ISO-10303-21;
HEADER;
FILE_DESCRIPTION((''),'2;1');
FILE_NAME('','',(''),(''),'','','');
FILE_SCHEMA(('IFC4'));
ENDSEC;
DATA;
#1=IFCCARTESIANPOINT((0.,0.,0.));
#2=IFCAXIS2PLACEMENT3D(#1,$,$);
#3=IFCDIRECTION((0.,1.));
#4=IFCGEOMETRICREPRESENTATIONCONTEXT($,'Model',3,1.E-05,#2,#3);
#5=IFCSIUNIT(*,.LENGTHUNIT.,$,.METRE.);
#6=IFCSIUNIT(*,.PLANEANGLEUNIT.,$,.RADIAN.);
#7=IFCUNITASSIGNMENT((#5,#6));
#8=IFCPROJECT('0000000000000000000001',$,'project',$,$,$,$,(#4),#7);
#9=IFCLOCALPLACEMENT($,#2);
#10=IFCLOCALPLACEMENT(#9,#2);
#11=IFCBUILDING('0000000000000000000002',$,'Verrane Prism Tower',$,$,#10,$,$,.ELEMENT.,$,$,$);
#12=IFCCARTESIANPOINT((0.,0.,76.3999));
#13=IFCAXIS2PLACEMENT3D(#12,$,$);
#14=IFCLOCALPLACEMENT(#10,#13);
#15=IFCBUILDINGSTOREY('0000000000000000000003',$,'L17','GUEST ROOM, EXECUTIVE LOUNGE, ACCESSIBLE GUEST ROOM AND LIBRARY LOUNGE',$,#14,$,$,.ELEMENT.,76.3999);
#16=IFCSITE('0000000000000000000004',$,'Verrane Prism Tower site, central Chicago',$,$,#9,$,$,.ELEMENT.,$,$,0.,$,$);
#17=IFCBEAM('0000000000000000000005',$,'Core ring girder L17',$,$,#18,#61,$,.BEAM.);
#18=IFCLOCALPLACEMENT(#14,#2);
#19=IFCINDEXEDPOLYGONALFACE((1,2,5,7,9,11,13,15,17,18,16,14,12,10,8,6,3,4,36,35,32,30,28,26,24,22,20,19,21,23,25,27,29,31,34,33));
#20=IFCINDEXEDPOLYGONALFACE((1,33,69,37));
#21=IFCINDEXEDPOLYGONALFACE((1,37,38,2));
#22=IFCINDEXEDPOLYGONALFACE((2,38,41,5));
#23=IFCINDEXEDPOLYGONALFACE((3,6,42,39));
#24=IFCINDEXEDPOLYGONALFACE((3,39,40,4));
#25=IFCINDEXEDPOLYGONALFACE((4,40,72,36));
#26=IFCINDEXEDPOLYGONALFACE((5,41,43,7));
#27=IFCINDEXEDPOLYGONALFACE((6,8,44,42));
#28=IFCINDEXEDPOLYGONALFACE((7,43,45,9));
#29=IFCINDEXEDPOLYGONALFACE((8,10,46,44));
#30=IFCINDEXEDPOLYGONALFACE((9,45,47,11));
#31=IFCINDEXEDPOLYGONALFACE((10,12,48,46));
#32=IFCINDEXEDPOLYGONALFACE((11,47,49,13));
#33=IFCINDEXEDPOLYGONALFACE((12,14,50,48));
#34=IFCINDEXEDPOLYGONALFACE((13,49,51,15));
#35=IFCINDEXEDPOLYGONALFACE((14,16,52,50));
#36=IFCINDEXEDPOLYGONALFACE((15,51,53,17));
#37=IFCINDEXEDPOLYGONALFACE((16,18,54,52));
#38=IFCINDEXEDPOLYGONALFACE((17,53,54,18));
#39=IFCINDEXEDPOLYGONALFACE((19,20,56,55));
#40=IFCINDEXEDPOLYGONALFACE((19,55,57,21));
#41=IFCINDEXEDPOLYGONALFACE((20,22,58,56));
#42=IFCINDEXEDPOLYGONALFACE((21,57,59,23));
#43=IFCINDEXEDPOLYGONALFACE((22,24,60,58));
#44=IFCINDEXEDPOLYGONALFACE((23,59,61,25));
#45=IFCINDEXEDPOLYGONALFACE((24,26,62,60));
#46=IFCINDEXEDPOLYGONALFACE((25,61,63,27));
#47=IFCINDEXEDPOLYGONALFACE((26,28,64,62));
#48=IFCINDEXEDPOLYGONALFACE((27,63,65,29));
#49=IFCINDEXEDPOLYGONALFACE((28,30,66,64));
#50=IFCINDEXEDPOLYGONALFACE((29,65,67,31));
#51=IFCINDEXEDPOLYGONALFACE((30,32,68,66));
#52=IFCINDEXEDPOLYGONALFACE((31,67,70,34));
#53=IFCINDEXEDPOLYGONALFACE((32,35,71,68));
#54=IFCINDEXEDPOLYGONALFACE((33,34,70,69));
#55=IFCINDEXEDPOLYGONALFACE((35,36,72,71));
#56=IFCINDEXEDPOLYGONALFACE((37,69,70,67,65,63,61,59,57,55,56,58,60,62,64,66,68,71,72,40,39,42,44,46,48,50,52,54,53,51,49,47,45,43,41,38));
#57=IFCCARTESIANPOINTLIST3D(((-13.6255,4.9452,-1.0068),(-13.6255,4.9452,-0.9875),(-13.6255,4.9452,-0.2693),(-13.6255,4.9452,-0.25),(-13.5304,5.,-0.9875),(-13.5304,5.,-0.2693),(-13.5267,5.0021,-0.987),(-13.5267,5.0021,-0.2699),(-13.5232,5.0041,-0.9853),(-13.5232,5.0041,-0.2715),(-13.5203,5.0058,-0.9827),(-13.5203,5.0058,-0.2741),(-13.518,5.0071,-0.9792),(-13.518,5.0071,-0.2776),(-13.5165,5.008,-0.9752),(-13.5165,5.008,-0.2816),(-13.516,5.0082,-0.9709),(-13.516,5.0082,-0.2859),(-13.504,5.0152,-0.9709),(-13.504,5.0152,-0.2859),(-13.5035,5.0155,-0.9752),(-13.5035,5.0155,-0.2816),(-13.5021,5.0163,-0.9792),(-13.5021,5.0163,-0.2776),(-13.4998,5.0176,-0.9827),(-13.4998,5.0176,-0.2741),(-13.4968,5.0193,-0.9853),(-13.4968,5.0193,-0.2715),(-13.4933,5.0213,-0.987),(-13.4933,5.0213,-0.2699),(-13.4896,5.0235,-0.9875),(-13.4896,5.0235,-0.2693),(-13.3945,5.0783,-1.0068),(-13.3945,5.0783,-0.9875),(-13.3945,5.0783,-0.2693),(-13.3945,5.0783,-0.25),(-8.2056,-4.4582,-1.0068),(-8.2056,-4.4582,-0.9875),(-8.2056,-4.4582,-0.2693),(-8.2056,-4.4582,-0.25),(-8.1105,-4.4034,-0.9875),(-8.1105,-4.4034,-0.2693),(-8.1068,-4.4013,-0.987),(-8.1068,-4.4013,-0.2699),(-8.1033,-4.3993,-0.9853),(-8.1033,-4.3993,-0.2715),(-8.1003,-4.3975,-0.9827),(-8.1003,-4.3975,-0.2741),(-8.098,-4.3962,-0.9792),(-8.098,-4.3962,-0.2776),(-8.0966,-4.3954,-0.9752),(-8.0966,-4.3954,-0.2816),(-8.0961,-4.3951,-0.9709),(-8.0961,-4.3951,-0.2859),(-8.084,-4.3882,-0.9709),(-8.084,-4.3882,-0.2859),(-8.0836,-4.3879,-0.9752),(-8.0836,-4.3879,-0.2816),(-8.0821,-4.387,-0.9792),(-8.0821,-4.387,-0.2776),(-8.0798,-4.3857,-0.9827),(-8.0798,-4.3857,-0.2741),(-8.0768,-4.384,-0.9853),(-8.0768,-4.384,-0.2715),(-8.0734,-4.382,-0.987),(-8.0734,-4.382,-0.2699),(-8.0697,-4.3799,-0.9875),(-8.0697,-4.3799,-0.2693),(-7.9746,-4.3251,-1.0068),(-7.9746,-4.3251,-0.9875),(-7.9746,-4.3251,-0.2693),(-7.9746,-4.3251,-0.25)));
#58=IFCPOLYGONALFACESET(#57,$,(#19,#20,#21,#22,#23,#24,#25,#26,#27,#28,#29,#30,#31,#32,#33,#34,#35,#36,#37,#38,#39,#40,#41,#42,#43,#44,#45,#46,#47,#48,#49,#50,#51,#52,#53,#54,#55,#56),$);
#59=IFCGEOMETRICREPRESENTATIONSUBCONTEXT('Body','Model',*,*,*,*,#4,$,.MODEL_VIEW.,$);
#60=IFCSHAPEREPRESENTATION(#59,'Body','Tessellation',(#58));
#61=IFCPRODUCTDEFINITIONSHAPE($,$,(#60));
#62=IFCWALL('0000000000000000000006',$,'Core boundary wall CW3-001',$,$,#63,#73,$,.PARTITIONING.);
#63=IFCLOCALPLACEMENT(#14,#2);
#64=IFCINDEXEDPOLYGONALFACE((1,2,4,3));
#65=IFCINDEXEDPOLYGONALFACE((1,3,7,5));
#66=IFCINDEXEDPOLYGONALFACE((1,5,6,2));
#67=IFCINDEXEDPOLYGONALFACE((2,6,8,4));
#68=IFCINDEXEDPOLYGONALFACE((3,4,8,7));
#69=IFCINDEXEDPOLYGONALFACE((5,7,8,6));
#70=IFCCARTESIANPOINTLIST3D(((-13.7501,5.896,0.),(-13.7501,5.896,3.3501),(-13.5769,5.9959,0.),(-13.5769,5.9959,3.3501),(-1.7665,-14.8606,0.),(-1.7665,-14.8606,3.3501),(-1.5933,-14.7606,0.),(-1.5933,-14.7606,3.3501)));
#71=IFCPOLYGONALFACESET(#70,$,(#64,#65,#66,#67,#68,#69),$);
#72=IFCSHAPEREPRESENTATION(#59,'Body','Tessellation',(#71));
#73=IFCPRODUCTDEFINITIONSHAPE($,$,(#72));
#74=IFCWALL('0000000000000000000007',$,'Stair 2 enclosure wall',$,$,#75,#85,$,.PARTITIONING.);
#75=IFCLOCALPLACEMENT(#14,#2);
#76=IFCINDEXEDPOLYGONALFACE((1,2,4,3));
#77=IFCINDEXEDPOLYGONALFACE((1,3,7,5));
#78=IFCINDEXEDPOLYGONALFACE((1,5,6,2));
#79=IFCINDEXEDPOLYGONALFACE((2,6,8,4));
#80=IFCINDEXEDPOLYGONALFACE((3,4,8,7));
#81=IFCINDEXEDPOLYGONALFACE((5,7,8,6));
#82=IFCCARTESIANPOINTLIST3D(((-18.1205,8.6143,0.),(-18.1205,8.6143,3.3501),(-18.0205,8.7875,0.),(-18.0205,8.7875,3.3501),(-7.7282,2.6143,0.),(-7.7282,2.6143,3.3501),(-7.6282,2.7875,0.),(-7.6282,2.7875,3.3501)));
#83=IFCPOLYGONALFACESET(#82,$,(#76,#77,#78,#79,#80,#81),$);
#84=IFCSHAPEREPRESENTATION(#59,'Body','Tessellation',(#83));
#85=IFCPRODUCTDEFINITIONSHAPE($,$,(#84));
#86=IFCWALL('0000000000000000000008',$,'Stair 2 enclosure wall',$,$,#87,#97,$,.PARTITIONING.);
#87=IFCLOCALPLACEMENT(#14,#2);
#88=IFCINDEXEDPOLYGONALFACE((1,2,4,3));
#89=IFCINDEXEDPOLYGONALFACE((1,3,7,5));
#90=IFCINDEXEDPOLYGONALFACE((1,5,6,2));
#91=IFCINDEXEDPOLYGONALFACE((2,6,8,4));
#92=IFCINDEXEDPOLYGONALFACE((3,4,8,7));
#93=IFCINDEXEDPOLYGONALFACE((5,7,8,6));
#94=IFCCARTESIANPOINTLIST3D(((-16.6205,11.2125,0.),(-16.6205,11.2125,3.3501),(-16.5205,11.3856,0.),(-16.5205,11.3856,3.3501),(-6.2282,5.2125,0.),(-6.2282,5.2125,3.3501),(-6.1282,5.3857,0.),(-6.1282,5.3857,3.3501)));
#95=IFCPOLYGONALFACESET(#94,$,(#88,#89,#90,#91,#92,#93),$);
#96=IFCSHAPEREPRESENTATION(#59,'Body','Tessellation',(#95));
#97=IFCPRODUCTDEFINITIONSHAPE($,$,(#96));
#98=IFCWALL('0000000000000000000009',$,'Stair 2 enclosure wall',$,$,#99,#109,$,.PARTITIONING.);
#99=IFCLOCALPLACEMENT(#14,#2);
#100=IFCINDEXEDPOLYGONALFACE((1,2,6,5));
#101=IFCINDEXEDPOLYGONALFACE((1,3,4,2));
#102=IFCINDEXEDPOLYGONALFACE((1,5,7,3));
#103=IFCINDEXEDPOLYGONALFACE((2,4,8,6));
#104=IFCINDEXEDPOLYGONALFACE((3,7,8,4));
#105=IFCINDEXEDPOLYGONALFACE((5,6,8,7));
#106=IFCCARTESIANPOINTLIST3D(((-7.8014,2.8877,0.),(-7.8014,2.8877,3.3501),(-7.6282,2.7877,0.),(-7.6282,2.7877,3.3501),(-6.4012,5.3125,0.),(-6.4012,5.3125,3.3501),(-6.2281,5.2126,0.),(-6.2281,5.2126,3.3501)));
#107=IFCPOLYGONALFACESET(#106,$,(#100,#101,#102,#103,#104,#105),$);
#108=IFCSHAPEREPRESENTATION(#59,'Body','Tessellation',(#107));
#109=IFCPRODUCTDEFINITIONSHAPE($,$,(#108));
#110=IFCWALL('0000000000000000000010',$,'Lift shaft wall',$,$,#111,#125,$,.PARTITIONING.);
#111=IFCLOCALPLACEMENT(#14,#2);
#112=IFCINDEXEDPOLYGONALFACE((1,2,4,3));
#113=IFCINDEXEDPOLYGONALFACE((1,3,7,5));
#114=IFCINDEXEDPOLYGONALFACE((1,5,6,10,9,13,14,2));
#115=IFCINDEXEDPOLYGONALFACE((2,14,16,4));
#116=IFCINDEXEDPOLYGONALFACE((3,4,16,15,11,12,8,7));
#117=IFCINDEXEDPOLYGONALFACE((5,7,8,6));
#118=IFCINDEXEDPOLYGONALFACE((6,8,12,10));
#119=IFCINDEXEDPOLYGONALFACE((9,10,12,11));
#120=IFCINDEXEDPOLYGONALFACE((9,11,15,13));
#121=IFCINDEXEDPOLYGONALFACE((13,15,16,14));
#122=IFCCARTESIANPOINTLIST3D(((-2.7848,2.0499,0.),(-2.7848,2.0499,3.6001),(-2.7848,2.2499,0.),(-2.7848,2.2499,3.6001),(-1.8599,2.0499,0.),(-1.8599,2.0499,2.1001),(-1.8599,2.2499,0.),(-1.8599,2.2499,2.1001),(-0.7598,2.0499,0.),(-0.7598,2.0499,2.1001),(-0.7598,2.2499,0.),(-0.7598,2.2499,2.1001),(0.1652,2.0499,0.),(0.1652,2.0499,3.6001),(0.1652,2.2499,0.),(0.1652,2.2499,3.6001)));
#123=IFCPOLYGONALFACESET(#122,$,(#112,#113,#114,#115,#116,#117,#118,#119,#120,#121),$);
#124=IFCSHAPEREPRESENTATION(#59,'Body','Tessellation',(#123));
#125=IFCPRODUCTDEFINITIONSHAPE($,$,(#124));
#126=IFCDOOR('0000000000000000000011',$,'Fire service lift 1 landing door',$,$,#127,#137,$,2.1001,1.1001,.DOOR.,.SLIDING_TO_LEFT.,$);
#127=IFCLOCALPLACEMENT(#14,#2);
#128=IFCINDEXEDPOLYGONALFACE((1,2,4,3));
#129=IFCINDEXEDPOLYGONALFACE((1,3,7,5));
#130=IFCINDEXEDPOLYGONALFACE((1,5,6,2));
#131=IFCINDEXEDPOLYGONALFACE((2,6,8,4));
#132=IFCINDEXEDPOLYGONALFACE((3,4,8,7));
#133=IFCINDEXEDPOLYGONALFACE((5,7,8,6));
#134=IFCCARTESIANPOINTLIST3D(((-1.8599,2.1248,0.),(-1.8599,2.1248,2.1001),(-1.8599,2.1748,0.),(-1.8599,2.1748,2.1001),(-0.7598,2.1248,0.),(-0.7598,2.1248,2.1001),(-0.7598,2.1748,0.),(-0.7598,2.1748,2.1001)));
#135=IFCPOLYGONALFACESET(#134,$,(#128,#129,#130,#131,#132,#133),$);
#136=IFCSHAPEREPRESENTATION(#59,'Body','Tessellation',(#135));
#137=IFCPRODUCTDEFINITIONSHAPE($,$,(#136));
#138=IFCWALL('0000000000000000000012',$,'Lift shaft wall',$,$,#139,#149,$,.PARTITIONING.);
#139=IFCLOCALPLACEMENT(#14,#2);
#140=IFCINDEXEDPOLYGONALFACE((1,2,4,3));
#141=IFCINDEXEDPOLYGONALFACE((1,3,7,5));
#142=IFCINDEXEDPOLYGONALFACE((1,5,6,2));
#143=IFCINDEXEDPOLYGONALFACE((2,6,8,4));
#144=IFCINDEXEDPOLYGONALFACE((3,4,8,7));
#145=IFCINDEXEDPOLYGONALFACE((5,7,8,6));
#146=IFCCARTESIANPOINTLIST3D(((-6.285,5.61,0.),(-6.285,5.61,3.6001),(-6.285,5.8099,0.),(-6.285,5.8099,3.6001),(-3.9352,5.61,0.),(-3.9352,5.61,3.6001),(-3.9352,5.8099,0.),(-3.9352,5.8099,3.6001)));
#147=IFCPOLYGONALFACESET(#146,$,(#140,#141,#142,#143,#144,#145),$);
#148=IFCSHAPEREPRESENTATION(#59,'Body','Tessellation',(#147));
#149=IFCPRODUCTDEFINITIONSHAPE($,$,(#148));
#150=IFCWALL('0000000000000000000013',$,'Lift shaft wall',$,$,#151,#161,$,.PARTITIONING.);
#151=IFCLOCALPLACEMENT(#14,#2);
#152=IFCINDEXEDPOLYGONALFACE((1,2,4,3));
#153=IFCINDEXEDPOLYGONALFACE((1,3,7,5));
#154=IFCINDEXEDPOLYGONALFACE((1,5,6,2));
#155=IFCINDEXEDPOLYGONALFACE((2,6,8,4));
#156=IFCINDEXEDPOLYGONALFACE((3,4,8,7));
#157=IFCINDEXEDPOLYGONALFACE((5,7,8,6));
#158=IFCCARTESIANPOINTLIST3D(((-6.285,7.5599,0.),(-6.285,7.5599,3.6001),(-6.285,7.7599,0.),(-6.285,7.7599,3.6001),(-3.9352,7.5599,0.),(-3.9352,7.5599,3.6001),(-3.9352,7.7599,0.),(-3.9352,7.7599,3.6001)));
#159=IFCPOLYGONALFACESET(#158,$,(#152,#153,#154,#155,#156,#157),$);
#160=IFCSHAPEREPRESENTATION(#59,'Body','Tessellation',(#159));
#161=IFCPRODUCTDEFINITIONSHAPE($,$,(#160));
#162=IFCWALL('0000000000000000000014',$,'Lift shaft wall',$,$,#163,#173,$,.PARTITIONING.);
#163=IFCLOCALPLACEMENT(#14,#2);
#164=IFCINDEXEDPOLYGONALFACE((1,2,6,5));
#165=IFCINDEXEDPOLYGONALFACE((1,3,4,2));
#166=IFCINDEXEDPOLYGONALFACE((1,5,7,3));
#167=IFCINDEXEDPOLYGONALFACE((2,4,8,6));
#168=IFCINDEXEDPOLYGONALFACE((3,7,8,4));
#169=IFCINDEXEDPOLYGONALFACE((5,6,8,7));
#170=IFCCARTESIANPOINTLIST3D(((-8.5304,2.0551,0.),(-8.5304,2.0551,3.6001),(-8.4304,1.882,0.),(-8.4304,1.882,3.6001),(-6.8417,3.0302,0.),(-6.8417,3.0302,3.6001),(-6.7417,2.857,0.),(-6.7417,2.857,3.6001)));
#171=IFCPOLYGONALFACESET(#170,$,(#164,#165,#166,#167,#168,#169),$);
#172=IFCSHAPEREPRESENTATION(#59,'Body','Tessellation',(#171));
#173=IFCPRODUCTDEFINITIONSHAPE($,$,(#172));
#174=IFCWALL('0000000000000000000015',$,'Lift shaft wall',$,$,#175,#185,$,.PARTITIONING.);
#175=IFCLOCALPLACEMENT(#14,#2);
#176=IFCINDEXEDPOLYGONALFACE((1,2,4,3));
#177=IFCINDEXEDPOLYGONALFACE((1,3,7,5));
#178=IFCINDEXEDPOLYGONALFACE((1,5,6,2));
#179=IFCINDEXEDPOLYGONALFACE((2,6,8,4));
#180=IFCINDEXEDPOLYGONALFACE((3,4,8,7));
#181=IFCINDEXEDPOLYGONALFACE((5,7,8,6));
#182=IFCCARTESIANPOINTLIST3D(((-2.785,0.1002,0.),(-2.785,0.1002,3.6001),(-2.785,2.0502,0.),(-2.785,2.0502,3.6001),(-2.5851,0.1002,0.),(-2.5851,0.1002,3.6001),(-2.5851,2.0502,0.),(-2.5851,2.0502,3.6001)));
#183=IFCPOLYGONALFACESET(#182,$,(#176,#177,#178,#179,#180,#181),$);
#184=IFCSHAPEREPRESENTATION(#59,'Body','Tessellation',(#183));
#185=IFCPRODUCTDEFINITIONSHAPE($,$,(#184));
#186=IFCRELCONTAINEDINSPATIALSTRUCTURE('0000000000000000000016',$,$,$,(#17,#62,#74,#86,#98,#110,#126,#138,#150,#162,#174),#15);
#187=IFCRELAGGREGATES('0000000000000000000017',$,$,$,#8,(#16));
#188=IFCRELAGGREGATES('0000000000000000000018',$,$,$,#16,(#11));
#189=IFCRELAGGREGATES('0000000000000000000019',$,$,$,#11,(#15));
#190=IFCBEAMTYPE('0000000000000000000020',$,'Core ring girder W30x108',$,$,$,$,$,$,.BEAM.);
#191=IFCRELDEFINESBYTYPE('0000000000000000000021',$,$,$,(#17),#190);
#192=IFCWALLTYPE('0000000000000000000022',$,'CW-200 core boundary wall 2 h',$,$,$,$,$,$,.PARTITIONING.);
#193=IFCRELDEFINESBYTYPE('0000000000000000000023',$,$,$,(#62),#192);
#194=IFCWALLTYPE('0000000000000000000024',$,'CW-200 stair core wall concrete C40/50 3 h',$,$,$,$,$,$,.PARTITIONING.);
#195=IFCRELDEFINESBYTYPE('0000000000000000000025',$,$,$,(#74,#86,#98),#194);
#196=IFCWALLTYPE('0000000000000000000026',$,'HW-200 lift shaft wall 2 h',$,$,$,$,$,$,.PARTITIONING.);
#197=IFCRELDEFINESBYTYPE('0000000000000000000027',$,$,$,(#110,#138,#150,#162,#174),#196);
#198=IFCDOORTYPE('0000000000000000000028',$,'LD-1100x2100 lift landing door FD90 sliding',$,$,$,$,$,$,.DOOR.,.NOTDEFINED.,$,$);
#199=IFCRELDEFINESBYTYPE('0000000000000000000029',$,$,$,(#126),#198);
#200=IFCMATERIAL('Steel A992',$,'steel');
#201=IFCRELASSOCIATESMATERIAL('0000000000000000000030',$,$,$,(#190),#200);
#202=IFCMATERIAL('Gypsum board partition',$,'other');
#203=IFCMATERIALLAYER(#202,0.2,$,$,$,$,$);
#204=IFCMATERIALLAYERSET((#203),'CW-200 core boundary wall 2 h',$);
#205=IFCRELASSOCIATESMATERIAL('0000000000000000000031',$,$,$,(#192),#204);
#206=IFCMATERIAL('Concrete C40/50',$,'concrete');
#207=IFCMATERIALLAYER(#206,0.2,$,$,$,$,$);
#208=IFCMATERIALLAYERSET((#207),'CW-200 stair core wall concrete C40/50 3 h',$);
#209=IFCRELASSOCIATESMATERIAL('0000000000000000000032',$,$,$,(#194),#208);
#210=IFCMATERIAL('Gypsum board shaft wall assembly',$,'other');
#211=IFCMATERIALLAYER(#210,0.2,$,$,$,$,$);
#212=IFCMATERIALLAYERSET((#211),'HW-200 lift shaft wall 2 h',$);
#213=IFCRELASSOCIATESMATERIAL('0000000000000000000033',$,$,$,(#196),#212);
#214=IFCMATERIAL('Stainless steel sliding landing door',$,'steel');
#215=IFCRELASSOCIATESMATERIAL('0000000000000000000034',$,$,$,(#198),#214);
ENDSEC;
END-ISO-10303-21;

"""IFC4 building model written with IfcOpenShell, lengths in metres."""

from ifc_helpers import new_model, si_unit, direction, frame, frame_2d, origin, origin_2d, place, context, subcontext, project, spatial, rectangle, i_section, extrude, material, layer, layer_set, material_profile, profile_set, type_object, element, fill, save


model = new_model("IFC4")

# Units and contexts
model_context = context("Model", 3, precision=1e-05, world=origin(), true_north=direction((0.0, 1.0)))
body_context = subcontext(model_context, "Body", "Model", "MODEL_VIEW")
ifc_project = project(units=[si_unit("LENGTHUNIT", "METRE"), si_unit("PLANEANGLEUNIT", "RADIAN")], contexts=[model_context])

# Site, building, storey
site_placement = place(None, origin())
site = spatial("IfcSite", under=ifc_project, at=site_placement, Name="Verrane Prism Tower site, central Chicago", CompositionType="ELEMENT", RefElevation=0.0)
building_placement = place(site_placement, origin())
building = spatial("IfcBuilding", under=site, at=building_placement, Name="Verrane Prism Tower", CompositionType="ELEMENT")
storey_placement = place(building_placement, frame((0.0, 0.0, 76.3999)))
storey = spatial("IfcBuildingStorey", under=building, at=storey_placement, Name="L17", Description="GUEST ROOM, EXECUTIVE LOUNGE, ACCESSIBLE GUEST ROOM AND LIBRARY LOUNGE", CompositionType="ELEMENT", Elevation=76.3999)

# Beam
ifc_material_1 = material(Name="Steel A992", Category="steel")
ifc_material_profile_1 = material_profile(ifc_material_1, i_section(OverallWidth=0.2666, OverallDepth=0.7568, WebThickness=0.0139, FlangeThickness=0.0193, FilletRadius=0.0166, at=origin_2d()), Name="W30x108")
ifc_profile_set_1 = profile_set([ifc_material_profile_1], Name="Steel A992")
beam_type = type_object("IfcBeamType", Name="Core ring girder W30x108", PredefinedType="BEAM", material=ifc_profile_set_1)
beam_1_placement = place(storey_placement, frame((-13.51, 5.0117, -0.6284), z_axis=(0.499372, -0.866388, 0.0), x_axis=(0.866388, 0.499372, 0.0)))
element("IfcBeam", 1, at=beam_1_placement, inside=storey, type_object=beam_type, Name="Core ring girder L17", PredefinedType="BEAM", context=body_context, shape_type="SweptSolid", body=[
    extrude(i_section(OverallWidth=0.2666, OverallDepth=0.7568, WebThickness=0.0139, FlangeThickness=0.0193, FilletRadius=0.0166, at=origin_2d()), origin(), (0.0, 0.0, 1.0), 10.8535),
])

# Walls
ifc_material_2 = material(Name="Gypsum board partition", Category="other")
ifc_layer_1 = layer(ifc_material_2, 0.2)
ifc_layer_set_1 = layer_set([ifc_layer_1], Name="CW-200 core boundary wall 2 h")
wall_type_1 = type_object("IfcWallType", Name="CW-200 core boundary wall 2 h", PredefinedType="PARTITIONING", material=ifc_layer_set_1)
wall_1_placement = place(storey_placement, frame((-13.6636, 5.946, 0.0), z_axis=(0.0, 0.0, 1.0), x_axis=(0.499994, -0.866029, 0.0)))
element("IfcWall", 2, at=wall_1_placement, inside=storey, type_object=wall_type_1, Name="Core boundary wall CW3-001", PredefinedType="PARTITIONING", context=body_context, shape_type="SweptSolid", body=[
    extrude(rectangle(XDim=23.9675, YDim=0.2, at=frame_2d((11.9839, 0.0))), origin(), (0.0, 0.0, 1.0), 3.3501),
])
ifc_material_3 = material(Name="Concrete C40/50", Category="concrete")
ifc_layer_2 = layer(ifc_material_3, 0.2)
ifc_layer_set_2 = layer_set([ifc_layer_2], Name="CW-200 stair core wall concrete C40/50 3 h")
wall_type_2 = type_object("IfcWallType", Name="CW-200 stair core wall concrete C40/50 3 h", PredefinedType="PARTITIONING", material=ifc_layer_set_2)
for number, where, z_axis, x_axis, name in (
    (3, (-7.6782, 2.7009, 0.0), (0.0, 0.0, 1.0), (-0.866026, 0.499999, 0.0), "Stair 2 enclosure wall"),
    (4, (-6.1782, 5.2991, 0.0), (0.0, 0.0, 1.0), (-0.866026, 0.499999, 0.0), "Stair 2 enclosure wall"),
):
    element("IfcWall", number, at=place(storey_placement, frame(where, z_axis=z_axis, x_axis=x_axis)), inside=storey, type_object=wall_type_2, Name=name, PredefinedType="PARTITIONING", context=body_context, shape_type="SweptSolid", body=[
        extrude(rectangle(XDim=12.0, YDim=0.2, at=frame_2d((6.0, 0.0))), origin(), (0.0, 0.0, 1.0), 3.3501),
    ])
wall_2_placement = place(storey_placement, frame((-6.3147, 5.2625, 0.0), z_axis=(0.0, 0.0, 1.0), x_axis=(-0.50005, -0.865997, 0.0)))
element("IfcWall", 5, at=wall_2_placement, inside=storey, type_object=wall_type_2, Name="Stair 2 enclosure wall", PredefinedType="PARTITIONING", context=body_context, shape_type="SweptSolid", body=[
    extrude(rectangle(XDim=2.8, YDim=0.2, at=frame_2d((1.3999, 0.0))), origin(), (0.0, 0.0, 1.0), 3.3501),
])

# Wall, opening, door
ifc_material_4 = material(Name="Gypsum board shaft wall assembly", Category="other")
ifc_layer_3 = layer(ifc_material_4, 0.2)
ifc_layer_set_3 = layer_set([ifc_layer_3], Name="HW-200 lift shaft wall 2 h")
wall_type_3 = type_object("IfcWallType", Name="HW-200 lift shaft wall 2 h", PredefinedType="PARTITIONING", material=ifc_layer_set_3)
wall_3_placement = place(storey_placement, frame((-2.7849, 2.1499, 0.0), z_axis=(0.0, 0.0, 1.0), x_axis=(1.0, 0.0, 0.0)))
wall_3 = element("IfcWall", 6, at=wall_3_placement, inside=storey, type_object=wall_type_3, Name="Lift shaft wall", PredefinedType="PARTITIONING", context=body_context, shape_type="SweptSolid", body=[
    extrude(rectangle(XDim=2.95, YDim=0.2, at=frame_2d((1.4751, 0.0))), origin(), (0.0, 0.0, 1.0), 3.6001),
])
opening_1_placement = place(wall_3_placement, frame((0.925, 0.0, 0.0)))
opening_1 = element("IfcOpeningElement", 7, at=opening_1_placement, cuts=wall_3, PredefinedType="OPENING", context=body_context, shape_type="SweptSolid", body=[
    extrude(rectangle(XDim=1.1001, YDim=2.1001, at=frame_2d((0.55, 1.05))), frame((0.0, 0.1099, 0.0), z_axis=(0.0, -1.0, 0.0), x_axis=(1.0, 0.0, 0.0)), (0.0, 0.0, 1.0), 0.22),
])
ifc_material_5 = material(Name="Stainless steel sliding landing door", Category="steel")
door_type_1 = type_object("IfcDoorType", Name="LD-1100x2100 lift landing door FD90 sliding", OperationType="NOTDEFINED", PredefinedType="DOOR", material=ifc_material_5)
door_1_placement = place(opening_1_placement, origin())
door_1 = element("IfcDoor", 8, at=door_1_placement, inside=storey, type_object=door_type_1, Name="Fire service lift 1 landing door", OperationType="SLIDING_TO_LEFT", OverallHeight=2.1001, OverallWidth=1.1001, PredefinedType="DOOR", context=body_context, shape_type="SweptSolid", body=[
    extrude(rectangle(XDim=1.1001, YDim=2.1001, at=frame_2d((0.55, 1.05))), frame((0.0, 0.0249, 0.0), z_axis=(0.0, -1.0, 0.0), x_axis=(1.0, 0.0, 0.0)), (0.0, 0.0, 1.0), 0.05),
])
fill(opening_1, door_1)

# Walls
for number, where, z_axis, x_axis, name in (
    (9, (-6.2849, 5.71, 0.0), (0.0, 0.0, 1.0), (1.0, 0.0, 0.0), "Lift shaft wall"),
    (10, (-6.2849, 7.6599, 0.0), (0.0, 0.0, 1.0), (1.0, 0.0, 0.0), "Lift shaft wall"),
):
    element("IfcWall", number, at=place(storey_placement, frame(where, z_axis=z_axis, x_axis=x_axis)), inside=storey, type_object=wall_type_3, Name=name, PredefinedType="PARTITIONING", context=body_context, shape_type="SweptSolid", body=[
        extrude(rectangle(XDim=2.3499, YDim=0.2, at=frame_2d((1.1748, 0.0))), origin(), (0.0, 0.0, 1.0), 3.6001),
    ])
for number, where, z_axis, x_axis, name in (
    (11, (-8.4805, 1.9685, 0.0), (0.0, 0.0, 1.0), (0.866, 0.500044, 0.0), "Lift shaft wall"),
    (12, (-2.6851, 0.1001, 0.0), (0.0, 0.0, 1.0), (0.0, 1.0, 0.0), "Lift shaft wall"),
):
    element("IfcWall", number, at=place(storey_placement, frame(where, z_axis=z_axis, x_axis=x_axis)), inside=storey, type_object=wall_type_3, Name=name, PredefinedType="PARTITIONING", context=body_context, shape_type="SweptSolid", body=[
        extrude(rectangle(XDim=1.95, YDim=0.2, at=frame_2d((0.9751, 0.0))), origin(), (0.0, 0.0, 1.0), 3.6001),
    ])

save(model, "model.ifc")
